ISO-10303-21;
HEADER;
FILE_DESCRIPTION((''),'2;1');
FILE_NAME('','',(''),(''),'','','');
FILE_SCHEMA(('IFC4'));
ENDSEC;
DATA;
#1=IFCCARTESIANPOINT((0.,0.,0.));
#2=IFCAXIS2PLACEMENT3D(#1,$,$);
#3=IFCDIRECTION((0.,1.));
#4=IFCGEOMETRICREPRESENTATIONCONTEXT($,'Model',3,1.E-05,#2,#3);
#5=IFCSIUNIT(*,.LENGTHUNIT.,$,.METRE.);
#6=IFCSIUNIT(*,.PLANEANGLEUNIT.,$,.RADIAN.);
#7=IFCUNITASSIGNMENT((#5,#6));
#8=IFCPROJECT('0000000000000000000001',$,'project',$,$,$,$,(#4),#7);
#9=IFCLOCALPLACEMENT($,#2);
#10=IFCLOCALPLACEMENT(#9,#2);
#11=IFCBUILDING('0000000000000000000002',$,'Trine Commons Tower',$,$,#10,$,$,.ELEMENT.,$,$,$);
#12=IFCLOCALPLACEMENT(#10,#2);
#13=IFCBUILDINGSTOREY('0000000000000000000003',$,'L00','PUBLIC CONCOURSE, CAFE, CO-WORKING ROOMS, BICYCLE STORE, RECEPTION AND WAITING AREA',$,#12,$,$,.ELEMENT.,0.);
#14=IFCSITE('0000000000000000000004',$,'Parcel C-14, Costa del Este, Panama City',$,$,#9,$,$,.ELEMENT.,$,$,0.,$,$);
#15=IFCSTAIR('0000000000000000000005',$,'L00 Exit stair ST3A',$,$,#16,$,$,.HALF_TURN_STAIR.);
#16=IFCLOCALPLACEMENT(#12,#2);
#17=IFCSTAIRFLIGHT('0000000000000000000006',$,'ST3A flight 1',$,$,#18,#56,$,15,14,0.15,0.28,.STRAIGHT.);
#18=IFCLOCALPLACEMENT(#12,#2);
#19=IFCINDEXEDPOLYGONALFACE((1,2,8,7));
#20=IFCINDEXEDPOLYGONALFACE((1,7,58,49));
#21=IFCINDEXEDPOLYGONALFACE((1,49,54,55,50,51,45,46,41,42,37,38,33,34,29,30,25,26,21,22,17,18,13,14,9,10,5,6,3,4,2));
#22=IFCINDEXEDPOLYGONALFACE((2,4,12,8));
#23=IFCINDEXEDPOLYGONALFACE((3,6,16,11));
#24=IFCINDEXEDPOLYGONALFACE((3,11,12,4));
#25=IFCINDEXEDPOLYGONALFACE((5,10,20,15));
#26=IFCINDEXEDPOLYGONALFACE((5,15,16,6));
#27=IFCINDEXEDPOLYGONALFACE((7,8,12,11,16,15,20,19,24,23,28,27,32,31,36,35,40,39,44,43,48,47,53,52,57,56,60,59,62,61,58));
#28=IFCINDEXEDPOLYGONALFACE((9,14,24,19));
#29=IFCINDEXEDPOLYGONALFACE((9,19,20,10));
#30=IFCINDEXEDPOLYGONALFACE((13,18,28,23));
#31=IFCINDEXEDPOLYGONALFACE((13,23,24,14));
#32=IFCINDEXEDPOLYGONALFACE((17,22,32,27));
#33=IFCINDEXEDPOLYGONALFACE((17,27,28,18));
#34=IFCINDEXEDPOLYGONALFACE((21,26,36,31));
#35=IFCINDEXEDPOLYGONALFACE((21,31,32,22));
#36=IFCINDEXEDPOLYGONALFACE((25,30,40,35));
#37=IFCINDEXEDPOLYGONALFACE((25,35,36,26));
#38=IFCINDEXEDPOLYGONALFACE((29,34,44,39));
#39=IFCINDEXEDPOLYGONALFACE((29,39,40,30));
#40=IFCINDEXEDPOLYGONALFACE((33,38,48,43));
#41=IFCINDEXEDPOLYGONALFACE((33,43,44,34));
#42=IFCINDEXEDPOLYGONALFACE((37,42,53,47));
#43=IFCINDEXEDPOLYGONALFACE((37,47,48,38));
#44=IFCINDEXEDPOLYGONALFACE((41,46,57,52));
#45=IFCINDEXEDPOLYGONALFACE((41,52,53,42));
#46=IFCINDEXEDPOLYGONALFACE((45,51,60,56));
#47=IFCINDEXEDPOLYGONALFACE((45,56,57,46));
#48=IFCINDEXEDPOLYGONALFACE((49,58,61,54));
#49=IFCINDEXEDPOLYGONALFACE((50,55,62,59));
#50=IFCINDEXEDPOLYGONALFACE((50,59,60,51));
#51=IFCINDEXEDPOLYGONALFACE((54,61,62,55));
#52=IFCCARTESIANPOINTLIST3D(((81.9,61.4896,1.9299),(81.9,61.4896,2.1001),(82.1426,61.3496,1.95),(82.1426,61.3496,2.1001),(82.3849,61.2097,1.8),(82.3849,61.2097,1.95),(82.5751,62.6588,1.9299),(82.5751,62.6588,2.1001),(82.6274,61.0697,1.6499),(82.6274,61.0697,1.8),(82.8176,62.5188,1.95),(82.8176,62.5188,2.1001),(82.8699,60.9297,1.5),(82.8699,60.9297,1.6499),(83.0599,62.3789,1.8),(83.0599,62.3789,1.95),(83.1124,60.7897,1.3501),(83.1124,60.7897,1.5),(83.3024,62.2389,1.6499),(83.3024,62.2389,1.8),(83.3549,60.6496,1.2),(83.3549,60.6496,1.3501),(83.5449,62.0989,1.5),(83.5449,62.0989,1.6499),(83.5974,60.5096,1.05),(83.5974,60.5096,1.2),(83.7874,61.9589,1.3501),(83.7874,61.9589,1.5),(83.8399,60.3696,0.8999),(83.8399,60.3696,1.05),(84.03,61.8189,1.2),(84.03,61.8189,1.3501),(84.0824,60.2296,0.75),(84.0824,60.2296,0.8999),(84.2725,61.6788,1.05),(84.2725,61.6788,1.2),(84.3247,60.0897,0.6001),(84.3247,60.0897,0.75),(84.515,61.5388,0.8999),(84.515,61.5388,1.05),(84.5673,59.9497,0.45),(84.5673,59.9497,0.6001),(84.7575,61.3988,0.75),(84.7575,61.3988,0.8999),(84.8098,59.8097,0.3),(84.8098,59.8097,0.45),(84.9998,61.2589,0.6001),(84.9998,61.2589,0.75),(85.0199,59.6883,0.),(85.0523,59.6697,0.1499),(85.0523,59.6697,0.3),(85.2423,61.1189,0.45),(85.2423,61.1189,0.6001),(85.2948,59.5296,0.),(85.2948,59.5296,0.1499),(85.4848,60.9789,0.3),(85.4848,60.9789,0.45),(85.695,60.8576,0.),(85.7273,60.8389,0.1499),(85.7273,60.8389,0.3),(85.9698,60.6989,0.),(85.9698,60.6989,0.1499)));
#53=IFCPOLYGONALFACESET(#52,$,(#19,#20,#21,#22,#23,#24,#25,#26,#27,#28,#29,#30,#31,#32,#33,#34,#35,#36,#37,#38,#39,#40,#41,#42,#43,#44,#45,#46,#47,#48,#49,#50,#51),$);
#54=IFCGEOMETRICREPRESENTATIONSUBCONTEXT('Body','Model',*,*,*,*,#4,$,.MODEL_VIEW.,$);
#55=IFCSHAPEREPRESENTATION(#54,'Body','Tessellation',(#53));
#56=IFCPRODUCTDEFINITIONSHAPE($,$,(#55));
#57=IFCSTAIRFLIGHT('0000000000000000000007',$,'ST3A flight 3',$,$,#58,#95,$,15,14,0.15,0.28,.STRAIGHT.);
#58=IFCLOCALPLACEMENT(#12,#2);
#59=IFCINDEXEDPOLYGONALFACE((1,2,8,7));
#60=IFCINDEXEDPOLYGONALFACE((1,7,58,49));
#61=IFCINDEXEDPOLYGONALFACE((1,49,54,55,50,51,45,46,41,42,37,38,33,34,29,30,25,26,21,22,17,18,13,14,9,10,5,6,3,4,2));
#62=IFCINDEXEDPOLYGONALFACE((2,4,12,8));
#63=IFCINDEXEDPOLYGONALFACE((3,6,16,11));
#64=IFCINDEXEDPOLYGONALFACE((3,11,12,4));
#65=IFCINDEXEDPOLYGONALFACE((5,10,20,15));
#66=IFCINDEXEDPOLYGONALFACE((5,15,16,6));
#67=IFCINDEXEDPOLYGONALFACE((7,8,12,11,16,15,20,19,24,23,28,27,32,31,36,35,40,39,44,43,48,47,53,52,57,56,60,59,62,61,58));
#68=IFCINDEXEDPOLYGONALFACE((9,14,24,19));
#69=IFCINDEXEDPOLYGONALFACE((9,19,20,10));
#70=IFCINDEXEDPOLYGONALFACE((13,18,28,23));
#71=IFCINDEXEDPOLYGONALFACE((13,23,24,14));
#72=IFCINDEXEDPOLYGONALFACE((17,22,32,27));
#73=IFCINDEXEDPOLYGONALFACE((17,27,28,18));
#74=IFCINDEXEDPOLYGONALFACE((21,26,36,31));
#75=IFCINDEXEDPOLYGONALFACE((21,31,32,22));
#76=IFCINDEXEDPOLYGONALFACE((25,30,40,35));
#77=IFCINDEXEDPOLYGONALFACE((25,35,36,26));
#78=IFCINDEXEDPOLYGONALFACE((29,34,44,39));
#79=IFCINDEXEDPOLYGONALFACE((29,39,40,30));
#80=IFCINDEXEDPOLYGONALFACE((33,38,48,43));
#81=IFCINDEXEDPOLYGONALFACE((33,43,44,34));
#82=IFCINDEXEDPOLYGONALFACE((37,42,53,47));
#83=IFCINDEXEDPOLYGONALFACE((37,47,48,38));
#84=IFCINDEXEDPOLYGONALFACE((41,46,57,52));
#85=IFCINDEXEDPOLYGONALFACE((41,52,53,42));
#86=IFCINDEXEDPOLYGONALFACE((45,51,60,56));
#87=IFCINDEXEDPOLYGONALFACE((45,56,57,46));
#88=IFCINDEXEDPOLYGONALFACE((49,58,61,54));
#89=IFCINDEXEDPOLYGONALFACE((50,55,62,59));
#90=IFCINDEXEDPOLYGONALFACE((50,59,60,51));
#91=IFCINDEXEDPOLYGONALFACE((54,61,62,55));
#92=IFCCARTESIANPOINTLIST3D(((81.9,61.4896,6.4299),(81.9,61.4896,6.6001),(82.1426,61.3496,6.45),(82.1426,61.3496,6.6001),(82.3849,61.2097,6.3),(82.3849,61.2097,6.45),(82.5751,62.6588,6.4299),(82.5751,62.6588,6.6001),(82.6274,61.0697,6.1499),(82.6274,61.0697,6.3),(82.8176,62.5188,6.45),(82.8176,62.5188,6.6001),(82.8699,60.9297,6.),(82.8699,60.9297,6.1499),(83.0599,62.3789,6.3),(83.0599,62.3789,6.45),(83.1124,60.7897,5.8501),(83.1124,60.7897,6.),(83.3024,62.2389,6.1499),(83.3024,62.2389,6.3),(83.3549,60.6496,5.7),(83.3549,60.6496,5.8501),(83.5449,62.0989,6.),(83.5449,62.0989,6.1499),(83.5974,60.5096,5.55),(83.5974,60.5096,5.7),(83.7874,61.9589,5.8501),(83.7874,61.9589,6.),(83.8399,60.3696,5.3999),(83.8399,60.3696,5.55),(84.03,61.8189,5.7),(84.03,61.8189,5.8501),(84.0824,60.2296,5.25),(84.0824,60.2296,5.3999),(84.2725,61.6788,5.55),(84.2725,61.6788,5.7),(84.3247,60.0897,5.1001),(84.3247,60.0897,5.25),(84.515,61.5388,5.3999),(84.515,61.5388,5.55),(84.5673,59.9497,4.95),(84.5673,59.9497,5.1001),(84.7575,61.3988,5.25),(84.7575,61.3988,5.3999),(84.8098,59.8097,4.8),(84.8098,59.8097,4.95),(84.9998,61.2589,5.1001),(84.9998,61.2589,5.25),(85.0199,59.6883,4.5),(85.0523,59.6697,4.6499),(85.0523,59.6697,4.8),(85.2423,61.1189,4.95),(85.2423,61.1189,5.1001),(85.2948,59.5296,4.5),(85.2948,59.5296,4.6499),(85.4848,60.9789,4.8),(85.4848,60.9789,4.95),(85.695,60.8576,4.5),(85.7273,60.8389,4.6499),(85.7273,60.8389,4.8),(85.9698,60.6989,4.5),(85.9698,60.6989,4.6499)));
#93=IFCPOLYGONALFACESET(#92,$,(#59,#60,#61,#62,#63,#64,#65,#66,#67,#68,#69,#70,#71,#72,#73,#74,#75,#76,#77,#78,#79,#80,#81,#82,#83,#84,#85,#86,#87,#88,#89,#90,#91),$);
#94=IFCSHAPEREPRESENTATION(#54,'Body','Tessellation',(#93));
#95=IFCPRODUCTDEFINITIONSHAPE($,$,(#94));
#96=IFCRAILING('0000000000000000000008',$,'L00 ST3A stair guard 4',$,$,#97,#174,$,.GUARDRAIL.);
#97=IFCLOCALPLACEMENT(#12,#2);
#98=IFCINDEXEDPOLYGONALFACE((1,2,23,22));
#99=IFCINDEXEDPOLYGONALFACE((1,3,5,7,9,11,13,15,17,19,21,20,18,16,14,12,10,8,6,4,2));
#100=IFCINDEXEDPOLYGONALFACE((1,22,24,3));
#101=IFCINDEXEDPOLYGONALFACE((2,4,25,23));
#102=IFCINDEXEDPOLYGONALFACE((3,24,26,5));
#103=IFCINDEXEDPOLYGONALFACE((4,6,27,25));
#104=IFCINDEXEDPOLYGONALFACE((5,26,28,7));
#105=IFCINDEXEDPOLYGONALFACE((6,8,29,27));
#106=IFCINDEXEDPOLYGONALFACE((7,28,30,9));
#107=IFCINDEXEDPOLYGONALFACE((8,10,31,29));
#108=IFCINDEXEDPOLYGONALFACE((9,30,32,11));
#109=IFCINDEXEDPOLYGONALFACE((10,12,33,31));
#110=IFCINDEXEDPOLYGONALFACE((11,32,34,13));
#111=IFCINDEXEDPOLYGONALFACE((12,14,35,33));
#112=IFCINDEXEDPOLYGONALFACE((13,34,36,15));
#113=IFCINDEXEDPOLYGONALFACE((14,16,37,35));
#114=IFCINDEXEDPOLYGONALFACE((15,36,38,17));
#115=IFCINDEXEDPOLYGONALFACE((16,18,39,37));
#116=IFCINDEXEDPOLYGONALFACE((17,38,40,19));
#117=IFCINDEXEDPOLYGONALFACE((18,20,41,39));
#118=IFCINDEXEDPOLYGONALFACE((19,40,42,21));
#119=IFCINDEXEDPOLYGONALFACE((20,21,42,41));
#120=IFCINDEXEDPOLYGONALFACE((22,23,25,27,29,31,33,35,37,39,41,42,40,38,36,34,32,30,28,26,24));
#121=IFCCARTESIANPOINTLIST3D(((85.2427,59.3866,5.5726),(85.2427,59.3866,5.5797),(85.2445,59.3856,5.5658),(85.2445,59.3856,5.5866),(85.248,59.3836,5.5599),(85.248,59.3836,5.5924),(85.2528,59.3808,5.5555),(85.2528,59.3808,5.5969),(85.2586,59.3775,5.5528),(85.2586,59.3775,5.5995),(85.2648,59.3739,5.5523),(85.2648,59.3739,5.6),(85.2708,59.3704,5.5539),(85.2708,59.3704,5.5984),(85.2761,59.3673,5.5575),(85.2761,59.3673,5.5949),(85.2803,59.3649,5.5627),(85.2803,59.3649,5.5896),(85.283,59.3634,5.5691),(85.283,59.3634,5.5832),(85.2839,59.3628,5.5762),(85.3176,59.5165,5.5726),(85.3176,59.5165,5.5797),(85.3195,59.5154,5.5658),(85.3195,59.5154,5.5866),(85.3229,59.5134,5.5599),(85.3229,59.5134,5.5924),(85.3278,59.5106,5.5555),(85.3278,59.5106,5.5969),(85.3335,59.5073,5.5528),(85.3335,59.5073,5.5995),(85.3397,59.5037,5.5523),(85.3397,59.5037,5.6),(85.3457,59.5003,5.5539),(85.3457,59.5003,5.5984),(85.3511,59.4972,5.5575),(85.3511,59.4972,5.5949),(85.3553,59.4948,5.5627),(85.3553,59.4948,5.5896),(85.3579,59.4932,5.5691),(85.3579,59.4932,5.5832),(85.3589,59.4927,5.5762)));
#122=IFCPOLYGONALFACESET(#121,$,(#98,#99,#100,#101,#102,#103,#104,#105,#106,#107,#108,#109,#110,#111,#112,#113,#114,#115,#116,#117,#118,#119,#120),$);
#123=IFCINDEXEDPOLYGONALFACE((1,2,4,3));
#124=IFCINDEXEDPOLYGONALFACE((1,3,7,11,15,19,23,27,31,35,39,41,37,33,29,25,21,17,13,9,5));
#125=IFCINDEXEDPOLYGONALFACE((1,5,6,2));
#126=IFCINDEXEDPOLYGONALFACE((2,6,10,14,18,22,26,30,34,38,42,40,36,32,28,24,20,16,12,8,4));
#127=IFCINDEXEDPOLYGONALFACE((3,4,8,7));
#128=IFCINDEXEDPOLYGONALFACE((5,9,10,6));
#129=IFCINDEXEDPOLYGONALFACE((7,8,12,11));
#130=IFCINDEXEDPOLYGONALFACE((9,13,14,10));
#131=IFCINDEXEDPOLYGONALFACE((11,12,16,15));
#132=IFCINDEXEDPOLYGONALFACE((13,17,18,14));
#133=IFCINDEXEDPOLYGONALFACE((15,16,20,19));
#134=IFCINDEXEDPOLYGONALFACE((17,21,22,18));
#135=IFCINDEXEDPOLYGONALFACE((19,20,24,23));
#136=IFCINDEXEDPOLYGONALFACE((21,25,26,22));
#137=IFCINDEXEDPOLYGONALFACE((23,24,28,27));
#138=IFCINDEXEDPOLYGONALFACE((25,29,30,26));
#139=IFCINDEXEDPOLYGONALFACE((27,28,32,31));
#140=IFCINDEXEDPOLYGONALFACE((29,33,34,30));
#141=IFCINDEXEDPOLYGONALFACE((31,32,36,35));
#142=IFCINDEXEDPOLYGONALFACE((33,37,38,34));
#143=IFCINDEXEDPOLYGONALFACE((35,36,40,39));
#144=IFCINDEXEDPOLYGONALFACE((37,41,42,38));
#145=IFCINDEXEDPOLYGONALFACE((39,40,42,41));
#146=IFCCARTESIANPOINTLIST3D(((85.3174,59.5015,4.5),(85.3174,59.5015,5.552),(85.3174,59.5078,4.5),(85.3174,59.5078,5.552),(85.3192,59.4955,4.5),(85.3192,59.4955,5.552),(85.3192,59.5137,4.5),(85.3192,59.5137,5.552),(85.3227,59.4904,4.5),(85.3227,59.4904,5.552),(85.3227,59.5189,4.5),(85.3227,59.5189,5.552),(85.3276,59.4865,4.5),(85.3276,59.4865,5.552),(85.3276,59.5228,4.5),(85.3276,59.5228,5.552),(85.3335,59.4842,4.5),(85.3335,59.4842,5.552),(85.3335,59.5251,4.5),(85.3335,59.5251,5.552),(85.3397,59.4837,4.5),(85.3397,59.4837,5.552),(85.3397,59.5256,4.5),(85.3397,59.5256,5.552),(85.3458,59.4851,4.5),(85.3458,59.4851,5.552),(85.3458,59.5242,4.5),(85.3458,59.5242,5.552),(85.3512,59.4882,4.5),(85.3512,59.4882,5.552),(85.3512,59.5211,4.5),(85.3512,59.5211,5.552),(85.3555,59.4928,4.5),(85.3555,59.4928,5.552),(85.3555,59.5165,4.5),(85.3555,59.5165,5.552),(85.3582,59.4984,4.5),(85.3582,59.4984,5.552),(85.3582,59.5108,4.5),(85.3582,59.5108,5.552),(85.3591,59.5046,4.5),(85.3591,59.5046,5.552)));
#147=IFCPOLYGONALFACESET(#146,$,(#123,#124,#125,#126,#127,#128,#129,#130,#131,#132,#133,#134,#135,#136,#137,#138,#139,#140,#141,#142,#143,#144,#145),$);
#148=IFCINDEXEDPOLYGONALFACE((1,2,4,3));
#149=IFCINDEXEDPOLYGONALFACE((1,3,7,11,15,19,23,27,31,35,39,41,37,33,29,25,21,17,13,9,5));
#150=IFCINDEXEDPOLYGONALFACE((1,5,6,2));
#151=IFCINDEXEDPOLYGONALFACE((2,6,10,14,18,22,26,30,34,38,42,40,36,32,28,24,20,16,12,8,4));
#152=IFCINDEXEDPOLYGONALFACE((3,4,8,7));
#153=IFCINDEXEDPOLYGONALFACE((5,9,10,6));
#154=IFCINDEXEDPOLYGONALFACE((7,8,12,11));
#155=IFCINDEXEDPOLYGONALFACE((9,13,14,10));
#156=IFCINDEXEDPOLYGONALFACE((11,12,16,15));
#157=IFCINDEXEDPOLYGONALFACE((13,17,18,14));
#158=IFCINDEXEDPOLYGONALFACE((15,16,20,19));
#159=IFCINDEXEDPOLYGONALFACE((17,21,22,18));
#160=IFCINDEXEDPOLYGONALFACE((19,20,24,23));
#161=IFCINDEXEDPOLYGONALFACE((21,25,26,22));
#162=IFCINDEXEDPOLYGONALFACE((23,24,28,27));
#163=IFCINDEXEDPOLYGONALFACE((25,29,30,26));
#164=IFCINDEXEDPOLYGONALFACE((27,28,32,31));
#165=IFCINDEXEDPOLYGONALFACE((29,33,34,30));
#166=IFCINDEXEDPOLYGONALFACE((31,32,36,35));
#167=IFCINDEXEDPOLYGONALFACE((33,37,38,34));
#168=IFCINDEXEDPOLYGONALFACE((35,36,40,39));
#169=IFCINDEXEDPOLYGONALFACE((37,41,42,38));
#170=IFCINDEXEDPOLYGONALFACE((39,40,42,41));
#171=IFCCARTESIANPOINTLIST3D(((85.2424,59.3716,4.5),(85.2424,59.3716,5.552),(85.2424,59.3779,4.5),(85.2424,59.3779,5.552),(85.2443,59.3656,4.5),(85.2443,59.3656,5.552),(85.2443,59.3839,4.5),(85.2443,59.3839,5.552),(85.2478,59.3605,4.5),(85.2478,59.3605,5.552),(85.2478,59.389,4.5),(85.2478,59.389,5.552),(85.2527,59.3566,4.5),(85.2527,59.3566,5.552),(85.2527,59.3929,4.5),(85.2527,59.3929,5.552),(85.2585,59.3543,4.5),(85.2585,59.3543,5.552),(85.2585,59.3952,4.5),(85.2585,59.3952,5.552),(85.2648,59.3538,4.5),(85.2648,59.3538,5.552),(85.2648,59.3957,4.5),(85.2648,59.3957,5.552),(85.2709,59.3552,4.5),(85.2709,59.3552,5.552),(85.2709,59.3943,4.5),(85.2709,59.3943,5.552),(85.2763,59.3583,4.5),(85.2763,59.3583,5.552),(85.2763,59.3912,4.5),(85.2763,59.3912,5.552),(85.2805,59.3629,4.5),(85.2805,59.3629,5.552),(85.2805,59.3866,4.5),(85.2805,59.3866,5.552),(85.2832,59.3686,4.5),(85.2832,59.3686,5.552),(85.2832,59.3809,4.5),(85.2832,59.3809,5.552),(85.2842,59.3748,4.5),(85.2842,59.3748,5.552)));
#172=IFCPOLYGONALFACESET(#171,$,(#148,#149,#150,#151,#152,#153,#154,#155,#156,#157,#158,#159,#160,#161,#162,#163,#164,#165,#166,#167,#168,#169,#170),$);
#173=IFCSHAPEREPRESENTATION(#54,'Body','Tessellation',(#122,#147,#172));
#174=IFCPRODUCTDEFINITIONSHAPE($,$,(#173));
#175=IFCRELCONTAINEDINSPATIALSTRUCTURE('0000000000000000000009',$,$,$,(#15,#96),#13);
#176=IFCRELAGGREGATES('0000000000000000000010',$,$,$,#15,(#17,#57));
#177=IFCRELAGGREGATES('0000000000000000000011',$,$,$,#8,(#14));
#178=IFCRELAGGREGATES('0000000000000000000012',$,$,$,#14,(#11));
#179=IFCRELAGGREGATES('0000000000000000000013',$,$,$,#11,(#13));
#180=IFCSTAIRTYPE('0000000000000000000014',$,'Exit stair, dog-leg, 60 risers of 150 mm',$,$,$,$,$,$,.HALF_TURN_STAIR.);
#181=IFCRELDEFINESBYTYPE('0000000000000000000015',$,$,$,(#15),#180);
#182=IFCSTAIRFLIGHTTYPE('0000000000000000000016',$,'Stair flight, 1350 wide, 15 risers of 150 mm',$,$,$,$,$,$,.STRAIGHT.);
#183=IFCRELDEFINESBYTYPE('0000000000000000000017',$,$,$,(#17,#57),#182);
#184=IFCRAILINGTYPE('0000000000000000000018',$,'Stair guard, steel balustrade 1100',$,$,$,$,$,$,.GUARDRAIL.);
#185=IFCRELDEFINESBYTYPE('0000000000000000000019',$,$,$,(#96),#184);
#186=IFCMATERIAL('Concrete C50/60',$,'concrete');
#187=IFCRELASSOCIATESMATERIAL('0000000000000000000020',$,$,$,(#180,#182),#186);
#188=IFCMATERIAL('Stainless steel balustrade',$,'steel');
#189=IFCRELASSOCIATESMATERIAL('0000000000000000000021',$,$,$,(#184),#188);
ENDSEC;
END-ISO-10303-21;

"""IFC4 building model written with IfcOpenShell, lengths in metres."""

from ifc_helpers import new_model, si_unit, direction, frame, origin, origin_2d, place, context, subcontext, project, spatial, polyline, circle, outline, extrude, material, type_object, element, aggregate, save


model = new_model("IFC4")

# Units and contexts
model_context = context("Model", 3, precision=1e-05, world=origin(), true_north=direction((0.0, 1.0)))
body_context = subcontext(model_context, "Body", "Model", "MODEL_VIEW")
ifc_project = project(units=[si_unit("LENGTHUNIT", "METRE"), si_unit("PLANEANGLEUNIT", "RADIAN")], contexts=[model_context])

# Site, building, storey
site_placement = place(None, origin())
site = spatial("IfcSite", under=ifc_project, at=site_placement, Name="Parcel C-14, Costa del Este, Panama City", CompositionType="ELEMENT", RefElevation=0.0)
building_placement = place(site_placement, origin())
building = spatial("IfcBuilding", under=site, at=building_placement, Name="Trine Commons Tower", CompositionType="ELEMENT")
storey_placement = place(building_placement, origin())
storey = spatial("IfcBuildingStorey", under=building, at=storey_placement, Name="L00", Description="PUBLIC CONCOURSE, CAFE, CO-WORKING ROOMS, BICYCLE STORE, RECEPTION AND WAITING AREA", CompositionType="ELEMENT", Elevation=0.0)

# Stair, stair flights
ifc_material_1 = material(Name="Concrete C50/60", Category="concrete")
stair_type = type_object("IfcStairType", Name="Exit stair, dog-leg, 60 risers of 150 mm", PredefinedType="HALF_TURN_STAIR", material=ifc_material_1)
stair_placement = place(storey_placement, origin())
stair = element("IfcStair", 1, at=stair_placement, inside=storey, type_object=stair_type, Name="L00 Exit stair ST3A", PredefinedType="HALF_TURN_STAIR")
stair_flight_type = type_object("IfcStairFlightType", Name="Stair flight, 1350 wide, 15 risers of 150 mm", PredefinedType="STRAIGHT", material=ifc_material_1)
stair_flight_1_placement = place(storey_placement, frame((85.6323, 60.1143, 0.0), z_axis=(0.0, 0.0, 1.0), x_axis=(-0.866025, 0.5, 0.0)))
stair_flight_1 = element("IfcStairFlight", 2, at=stair_flight_1_placement, type_object=stair_flight_type, Name="ST3A flight 1", NumberOfRisers=15, NumberOfTreads=14, PredefinedType="STRAIGHT", RiserHeight=0.15, TreadLength=0.28, context=body_context, shape_type="SweptSolid", body=[
    extrude(outline(polyline([(0.0, 0.0), (0.0, 0.1499), (0.28, 0.1499), (0.28, 0.3), (0.5601, 0.3), (0.5601, 0.45), (0.8401, 0.45), (0.8401, 0.6001), (1.1201, 0.6001), (1.1201, 0.75), (1.3999, 0.75), (1.3999, 0.8999), (1.6799, 0.8999), (1.6799, 1.05), (1.96, 1.05), (1.96, 1.2), (2.24, 1.2), (2.24, 1.3501), (2.52, 1.3501), (2.52, 1.5), (2.8, 1.5), (2.8, 1.6499), (3.0801, 1.6499), (3.0801, 1.8), (3.3601, 1.8), (3.3601, 1.95), (3.6399, 1.95), (3.6399, 2.1001), (3.9199, 2.1001), (3.9199, 2.25), (3.9199, 1.9299), (0.3174, 0.0), (0.0, 0.0)])), frame((0.0, 0.675, 0.0), z_axis=(0.0, -1.0, 0.0), x_axis=(1.0, 0.0, 0.0)), (0.0, 0.0, 1.0), 1.3501),
])
stair_flight_2_placement = place(storey_placement, frame((85.6323, 60.1143, 4.5), z_axis=(0.0, 0.0, 1.0), x_axis=(-0.866025, 0.5, 0.0)))
stair_flight_2 = element("IfcStairFlight", 3, at=stair_flight_2_placement, type_object=stair_flight_type, Name="ST3A flight 3", NumberOfRisers=15, NumberOfTreads=14, PredefinedType="STRAIGHT", RiserHeight=0.15, TreadLength=0.28, context=body_context, shape_type="SweptSolid", body=[
    extrude(outline(polyline([(0.0, 0.0), (0.0, 0.1499), (0.28, 0.1499), (0.28, 0.3), (0.5601, 0.3), (0.5601, 0.45), (0.8401, 0.45), (0.8401, 0.6001), (1.1201, 0.6001), (1.1201, 0.75), (1.3999, 0.75), (1.3999, 0.8999), (1.6799, 0.8999), (1.6799, 1.05), (1.96, 1.05), (1.96, 1.2), (2.24, 1.2), (2.24, 1.3501), (2.52, 1.3501), (2.52, 1.5), (2.8, 1.5), (2.8, 1.6499), (3.0801, 1.6499), (3.0801, 1.8), (3.3601, 1.8), (3.3601, 1.95), (3.6399, 1.95), (3.6399, 2.1001), (3.9199, 2.1001), (3.9199, 2.25), (3.9199, 1.9299), (0.3174, 0.0), (0.0, 0.0)])), frame((0.0, 0.675, 0.0), z_axis=(0.0, -1.0, 0.0), x_axis=(1.0, 0.0, 0.0)), (0.0, 0.0, 1.0), 1.3501),
])
aggregate(stair, [stair_flight_1, stair_flight_2])

# Railing
ifc_material_2 = material(Name="Stainless steel balustrade", Category="steel")
railing_type_1 = type_object("IfcRailingType", Name="Stair guard, steel balustrade 1100", PredefinedType="GUARDRAIL", material=ifc_material_2)
for number, where, name in (
    (4, (85.3381, 59.5046, 4.5), "L00 ST3A stair guard 4"),
):
    element("IfcRailing", number, at=place(storey_placement, frame(where)), inside=storey, type_object=railing_type_1, Name=name, PredefinedType="GUARDRAIL", context=body_context, shape_type="SweptSolid", body=[
        extrude(circle(Radius=0.0239, at=origin_2d()), frame((0.0, 0.0, 1.0762), z_axis=(-0.499816, -0.866131, 0.0), x_axis=(0.866131, -0.499816, 0.0)), (0.0, 0.0, 1.0), 0.1499),
        extrude(circle(Radius=0.021, at=origin_2d()), origin(), (0.0, 0.0, 1.0), 1.052),
        extrude(circle(Radius=0.021, at=origin_2d()), frame((-0.075, -0.1299, 0.0)), (0.0, 0.0, 1.0), 1.052),
    ])

save(model, "model.ifc")
